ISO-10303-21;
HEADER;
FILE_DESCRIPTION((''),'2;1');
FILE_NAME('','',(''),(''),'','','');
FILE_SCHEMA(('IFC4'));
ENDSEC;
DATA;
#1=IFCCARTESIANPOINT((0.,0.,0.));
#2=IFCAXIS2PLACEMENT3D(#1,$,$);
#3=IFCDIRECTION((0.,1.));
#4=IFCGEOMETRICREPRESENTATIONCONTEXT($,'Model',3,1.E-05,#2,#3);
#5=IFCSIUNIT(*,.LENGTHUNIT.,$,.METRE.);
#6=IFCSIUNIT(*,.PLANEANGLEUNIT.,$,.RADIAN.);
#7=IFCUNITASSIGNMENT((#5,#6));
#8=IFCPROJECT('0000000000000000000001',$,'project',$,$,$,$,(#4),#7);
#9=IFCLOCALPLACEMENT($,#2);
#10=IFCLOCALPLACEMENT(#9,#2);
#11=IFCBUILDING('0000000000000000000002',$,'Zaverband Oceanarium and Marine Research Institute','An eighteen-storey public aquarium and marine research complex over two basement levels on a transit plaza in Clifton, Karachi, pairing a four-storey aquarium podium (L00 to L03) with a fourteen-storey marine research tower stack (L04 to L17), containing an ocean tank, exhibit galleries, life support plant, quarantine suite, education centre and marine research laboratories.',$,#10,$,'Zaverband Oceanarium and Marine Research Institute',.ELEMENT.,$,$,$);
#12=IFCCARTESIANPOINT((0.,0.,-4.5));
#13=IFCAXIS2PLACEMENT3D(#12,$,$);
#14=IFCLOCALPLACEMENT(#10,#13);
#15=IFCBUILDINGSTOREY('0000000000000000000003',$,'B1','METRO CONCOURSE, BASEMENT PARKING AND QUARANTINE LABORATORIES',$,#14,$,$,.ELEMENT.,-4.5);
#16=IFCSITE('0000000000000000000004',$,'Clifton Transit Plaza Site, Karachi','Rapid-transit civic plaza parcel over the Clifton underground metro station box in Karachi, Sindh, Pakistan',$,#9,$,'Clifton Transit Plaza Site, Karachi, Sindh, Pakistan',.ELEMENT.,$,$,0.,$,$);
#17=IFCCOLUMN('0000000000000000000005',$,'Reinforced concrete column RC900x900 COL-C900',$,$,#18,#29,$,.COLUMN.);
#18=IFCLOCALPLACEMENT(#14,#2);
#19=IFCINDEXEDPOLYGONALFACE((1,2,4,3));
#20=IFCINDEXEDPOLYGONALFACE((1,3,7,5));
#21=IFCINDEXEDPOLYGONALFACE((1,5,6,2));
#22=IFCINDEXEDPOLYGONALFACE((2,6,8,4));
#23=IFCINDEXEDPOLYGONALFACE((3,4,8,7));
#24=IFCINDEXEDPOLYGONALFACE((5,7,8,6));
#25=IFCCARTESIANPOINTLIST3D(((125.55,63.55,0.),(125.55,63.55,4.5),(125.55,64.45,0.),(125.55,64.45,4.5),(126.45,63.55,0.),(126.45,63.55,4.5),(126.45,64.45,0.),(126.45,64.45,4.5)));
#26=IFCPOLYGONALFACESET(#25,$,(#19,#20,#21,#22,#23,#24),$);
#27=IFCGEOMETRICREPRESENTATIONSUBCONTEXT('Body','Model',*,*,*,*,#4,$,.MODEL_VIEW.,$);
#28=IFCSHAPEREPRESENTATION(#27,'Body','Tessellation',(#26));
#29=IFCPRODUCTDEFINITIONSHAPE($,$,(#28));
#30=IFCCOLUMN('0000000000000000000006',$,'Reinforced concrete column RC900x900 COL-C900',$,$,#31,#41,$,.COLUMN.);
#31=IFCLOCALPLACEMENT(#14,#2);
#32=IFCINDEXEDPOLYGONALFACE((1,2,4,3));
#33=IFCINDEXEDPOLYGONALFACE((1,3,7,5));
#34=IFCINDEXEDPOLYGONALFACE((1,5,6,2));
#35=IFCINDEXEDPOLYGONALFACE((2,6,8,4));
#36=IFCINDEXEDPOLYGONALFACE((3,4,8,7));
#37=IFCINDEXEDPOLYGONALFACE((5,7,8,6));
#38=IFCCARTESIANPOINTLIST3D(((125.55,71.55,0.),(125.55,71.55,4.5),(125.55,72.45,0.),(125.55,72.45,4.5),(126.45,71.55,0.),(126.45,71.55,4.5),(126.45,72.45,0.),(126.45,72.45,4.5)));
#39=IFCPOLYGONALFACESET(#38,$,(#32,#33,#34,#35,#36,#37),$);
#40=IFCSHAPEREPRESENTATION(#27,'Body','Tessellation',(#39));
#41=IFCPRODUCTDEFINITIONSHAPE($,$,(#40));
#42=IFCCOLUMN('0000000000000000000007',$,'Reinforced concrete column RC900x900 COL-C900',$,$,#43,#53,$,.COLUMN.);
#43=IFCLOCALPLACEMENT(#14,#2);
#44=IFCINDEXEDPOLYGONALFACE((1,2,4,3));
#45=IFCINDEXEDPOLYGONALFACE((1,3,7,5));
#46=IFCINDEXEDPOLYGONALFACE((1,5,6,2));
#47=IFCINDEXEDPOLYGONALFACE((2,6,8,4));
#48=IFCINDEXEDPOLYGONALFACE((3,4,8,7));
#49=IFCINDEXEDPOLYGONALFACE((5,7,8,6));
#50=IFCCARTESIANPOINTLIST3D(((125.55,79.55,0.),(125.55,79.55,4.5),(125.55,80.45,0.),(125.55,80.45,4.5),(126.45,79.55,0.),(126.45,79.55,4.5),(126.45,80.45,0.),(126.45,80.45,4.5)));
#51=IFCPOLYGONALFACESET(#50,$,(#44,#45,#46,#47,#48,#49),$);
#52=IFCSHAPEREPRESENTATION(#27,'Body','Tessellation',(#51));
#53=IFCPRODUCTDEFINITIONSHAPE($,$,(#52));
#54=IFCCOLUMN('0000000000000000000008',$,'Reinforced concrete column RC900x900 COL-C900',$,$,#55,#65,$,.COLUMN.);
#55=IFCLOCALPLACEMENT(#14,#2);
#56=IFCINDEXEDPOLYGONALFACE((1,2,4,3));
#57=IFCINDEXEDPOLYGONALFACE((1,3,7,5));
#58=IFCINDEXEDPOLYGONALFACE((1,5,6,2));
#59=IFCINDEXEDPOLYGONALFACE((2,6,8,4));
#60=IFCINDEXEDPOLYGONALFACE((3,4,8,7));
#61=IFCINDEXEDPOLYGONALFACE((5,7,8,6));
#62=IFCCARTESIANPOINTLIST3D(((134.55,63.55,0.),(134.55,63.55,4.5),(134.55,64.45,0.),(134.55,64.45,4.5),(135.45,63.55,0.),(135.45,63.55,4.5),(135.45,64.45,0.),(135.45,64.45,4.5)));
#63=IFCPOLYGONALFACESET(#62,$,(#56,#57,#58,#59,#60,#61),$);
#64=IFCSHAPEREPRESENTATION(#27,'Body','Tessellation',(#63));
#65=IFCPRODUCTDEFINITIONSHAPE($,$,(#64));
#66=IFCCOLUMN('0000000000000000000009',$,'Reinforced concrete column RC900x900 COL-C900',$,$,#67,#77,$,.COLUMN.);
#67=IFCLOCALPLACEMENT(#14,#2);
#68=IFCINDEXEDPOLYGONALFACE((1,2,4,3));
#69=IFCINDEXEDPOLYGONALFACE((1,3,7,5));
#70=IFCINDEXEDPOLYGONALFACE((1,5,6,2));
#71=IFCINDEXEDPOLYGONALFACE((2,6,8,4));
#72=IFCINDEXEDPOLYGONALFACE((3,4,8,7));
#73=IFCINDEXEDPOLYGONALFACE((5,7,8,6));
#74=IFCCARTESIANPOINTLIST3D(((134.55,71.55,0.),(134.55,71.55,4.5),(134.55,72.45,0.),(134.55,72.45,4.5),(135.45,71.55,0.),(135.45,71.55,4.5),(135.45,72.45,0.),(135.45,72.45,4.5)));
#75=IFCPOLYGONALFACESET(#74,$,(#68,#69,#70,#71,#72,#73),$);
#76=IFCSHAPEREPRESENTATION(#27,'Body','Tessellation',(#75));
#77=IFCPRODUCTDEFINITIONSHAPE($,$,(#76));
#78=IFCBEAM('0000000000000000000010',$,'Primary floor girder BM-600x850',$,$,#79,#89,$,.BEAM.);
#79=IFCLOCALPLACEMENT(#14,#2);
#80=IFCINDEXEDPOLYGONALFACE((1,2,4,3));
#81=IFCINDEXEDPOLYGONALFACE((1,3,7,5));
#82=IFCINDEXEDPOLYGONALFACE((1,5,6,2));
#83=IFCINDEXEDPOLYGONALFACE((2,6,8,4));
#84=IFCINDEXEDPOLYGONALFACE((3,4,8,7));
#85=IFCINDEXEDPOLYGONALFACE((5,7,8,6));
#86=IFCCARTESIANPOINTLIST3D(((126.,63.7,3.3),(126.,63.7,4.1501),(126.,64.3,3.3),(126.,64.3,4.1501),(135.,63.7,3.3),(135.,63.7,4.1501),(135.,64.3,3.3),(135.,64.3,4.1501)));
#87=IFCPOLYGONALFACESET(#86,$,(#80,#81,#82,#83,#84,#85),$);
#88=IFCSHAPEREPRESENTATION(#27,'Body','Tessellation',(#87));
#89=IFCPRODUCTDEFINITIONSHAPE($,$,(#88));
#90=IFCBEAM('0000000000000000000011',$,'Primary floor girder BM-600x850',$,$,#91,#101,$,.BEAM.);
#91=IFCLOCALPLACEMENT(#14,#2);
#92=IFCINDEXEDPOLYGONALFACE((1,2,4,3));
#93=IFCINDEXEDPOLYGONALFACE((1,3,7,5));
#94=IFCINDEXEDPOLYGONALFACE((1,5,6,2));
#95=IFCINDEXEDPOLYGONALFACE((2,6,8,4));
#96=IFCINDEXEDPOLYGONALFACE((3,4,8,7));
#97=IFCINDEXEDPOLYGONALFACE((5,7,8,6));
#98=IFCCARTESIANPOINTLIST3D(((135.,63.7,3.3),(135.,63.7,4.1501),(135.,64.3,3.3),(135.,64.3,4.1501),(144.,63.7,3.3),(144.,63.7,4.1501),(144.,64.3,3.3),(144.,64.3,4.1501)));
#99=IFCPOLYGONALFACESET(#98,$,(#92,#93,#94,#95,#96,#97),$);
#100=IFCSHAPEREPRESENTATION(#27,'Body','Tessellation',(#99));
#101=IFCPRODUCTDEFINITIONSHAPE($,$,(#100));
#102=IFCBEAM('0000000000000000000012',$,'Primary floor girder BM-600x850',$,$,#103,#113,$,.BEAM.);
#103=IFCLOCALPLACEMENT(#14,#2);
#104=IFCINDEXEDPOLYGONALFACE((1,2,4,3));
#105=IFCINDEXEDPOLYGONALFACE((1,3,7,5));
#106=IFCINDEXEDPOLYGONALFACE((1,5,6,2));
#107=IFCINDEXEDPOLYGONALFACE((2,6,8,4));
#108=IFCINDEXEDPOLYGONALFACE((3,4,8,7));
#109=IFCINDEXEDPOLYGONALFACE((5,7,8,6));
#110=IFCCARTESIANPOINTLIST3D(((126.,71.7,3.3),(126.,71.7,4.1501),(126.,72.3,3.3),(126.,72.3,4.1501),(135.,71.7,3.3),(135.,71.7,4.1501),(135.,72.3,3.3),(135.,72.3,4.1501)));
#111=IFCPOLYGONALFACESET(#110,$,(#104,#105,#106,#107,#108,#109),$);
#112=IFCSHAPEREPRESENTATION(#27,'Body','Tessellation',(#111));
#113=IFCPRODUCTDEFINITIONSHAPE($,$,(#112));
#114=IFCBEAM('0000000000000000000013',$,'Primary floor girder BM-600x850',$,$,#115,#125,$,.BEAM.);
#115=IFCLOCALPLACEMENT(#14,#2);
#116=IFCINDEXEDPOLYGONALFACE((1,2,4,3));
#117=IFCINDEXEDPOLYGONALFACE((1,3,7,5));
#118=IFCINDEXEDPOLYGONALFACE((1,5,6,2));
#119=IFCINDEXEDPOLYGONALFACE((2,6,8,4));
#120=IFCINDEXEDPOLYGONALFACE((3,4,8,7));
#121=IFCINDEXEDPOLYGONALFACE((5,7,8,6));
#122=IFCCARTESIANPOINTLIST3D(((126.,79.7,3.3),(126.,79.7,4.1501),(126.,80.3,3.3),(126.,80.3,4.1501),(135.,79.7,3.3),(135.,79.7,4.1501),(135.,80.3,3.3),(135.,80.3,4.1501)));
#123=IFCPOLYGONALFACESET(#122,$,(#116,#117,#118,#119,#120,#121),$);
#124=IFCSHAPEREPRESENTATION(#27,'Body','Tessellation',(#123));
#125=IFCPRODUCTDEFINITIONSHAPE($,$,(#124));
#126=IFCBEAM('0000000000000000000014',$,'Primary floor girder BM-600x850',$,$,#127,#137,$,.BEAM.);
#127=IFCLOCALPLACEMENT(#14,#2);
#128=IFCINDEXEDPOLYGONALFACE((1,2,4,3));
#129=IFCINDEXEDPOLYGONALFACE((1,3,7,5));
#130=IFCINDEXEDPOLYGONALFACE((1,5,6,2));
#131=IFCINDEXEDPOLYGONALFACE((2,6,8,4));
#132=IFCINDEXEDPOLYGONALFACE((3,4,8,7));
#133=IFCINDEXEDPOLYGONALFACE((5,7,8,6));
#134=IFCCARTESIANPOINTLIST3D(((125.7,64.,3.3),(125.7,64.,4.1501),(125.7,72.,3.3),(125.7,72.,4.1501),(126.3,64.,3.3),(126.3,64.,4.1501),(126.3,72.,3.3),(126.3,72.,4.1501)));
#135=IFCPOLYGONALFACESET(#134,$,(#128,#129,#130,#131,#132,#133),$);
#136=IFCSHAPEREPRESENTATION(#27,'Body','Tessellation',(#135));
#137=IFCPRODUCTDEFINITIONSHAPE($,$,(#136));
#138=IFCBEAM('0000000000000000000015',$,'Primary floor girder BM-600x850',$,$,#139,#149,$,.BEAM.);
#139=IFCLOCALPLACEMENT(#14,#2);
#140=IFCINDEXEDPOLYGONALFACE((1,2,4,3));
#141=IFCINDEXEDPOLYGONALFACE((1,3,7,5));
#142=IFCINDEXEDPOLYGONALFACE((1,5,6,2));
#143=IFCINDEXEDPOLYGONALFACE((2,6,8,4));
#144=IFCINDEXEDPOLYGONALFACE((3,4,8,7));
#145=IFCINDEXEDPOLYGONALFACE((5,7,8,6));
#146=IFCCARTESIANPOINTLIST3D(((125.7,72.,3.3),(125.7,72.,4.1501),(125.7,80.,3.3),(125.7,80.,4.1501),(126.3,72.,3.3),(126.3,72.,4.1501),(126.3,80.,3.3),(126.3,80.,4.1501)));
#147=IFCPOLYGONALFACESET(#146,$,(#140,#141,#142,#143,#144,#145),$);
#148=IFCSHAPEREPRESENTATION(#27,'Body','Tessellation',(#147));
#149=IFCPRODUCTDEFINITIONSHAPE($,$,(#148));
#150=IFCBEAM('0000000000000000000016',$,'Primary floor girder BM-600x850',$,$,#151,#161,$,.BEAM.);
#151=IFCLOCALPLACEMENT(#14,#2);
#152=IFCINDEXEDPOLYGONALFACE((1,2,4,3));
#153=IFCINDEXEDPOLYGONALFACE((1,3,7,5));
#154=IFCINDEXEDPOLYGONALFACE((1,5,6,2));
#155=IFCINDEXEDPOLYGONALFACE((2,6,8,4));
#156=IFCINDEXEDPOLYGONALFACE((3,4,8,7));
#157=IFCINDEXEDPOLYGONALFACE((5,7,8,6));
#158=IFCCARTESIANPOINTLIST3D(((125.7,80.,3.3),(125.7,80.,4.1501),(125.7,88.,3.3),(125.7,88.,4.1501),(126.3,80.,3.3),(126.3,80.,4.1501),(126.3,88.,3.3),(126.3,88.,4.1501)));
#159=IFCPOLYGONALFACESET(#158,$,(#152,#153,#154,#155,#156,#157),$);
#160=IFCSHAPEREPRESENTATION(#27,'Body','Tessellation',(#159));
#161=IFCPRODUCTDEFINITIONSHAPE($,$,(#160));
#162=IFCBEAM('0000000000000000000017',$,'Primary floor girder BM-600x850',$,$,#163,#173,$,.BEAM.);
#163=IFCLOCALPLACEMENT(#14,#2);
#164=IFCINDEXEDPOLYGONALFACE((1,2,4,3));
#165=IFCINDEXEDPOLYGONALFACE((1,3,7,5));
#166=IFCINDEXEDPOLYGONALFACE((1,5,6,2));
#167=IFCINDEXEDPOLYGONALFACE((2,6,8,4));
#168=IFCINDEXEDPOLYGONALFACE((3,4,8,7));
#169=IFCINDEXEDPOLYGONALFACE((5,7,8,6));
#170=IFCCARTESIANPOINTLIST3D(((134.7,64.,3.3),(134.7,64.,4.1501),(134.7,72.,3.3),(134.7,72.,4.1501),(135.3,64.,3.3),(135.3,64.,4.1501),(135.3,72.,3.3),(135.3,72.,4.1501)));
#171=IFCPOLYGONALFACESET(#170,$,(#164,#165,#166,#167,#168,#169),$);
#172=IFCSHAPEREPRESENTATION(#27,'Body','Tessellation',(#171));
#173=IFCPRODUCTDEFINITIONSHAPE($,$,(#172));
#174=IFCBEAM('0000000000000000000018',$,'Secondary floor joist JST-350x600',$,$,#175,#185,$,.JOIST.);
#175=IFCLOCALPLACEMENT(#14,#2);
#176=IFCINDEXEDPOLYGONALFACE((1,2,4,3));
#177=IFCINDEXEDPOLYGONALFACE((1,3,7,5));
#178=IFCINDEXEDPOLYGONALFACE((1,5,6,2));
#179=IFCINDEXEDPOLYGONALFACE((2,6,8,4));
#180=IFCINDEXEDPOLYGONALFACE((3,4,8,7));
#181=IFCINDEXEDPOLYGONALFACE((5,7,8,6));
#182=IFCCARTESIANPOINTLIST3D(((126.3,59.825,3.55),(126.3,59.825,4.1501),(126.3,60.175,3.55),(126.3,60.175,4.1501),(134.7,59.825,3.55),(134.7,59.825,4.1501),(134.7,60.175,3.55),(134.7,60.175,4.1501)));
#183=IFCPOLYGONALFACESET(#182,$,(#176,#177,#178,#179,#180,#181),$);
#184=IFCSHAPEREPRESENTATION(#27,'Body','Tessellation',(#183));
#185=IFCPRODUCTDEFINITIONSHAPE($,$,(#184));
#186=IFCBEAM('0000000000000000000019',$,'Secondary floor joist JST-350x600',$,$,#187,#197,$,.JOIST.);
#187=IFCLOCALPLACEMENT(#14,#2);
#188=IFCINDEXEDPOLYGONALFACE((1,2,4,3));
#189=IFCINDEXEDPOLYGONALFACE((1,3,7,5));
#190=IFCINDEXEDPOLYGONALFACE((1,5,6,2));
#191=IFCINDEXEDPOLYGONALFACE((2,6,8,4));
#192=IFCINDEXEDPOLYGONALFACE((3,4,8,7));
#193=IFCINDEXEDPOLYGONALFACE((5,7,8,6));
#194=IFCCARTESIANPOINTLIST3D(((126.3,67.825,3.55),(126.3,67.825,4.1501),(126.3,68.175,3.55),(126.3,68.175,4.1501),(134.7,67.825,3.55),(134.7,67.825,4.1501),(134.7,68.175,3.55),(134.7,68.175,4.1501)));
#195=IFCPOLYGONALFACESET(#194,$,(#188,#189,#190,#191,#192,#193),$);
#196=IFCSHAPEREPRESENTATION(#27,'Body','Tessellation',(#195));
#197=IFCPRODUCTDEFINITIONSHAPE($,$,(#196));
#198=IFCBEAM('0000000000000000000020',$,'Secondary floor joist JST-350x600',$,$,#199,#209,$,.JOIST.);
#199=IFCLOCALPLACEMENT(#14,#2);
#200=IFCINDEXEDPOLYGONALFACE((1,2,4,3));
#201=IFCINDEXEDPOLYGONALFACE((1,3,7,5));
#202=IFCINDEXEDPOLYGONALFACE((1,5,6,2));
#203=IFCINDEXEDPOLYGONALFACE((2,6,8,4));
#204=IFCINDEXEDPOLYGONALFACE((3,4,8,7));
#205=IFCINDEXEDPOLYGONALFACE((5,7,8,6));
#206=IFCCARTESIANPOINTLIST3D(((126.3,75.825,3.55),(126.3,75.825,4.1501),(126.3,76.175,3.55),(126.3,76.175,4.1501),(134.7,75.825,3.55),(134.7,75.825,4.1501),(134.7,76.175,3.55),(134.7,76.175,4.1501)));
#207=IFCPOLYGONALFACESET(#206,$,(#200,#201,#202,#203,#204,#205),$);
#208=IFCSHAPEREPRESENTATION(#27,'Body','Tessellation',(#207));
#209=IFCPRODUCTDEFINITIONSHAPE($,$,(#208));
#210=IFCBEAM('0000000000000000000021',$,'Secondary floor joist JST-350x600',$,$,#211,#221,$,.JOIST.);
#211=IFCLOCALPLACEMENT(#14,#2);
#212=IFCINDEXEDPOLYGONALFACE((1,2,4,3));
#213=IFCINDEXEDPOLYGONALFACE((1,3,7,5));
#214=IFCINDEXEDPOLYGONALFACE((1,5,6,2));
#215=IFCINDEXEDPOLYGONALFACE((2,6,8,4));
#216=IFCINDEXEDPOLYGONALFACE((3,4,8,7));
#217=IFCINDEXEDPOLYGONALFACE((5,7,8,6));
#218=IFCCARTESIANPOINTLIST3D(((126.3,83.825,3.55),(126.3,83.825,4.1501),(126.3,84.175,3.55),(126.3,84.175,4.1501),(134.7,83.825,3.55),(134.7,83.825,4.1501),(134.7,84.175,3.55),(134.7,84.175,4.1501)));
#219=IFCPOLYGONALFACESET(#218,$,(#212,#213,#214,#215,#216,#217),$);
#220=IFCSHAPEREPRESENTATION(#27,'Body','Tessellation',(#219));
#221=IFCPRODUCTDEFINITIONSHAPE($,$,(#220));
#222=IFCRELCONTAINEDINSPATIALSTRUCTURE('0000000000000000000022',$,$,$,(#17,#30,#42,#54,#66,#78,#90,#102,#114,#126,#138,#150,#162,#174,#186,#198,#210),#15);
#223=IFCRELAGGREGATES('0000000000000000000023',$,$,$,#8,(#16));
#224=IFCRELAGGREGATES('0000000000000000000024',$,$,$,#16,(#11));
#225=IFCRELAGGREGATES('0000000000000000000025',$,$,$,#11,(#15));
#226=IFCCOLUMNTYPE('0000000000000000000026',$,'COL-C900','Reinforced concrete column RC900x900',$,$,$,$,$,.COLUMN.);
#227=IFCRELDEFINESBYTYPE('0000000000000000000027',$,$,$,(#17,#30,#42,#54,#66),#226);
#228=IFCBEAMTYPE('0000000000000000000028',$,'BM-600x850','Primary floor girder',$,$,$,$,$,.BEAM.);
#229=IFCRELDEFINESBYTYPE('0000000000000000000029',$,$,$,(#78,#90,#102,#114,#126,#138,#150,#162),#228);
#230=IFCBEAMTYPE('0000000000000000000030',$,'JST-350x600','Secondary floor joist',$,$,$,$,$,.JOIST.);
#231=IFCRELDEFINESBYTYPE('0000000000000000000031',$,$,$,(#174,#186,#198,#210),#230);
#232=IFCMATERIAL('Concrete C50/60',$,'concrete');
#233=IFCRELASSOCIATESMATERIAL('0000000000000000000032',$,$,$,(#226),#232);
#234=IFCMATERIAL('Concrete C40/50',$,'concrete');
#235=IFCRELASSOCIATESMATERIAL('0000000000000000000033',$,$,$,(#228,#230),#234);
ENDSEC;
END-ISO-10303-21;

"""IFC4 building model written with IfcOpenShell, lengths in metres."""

from ifc_helpers import new_model, si_unit, direction, frame, origin, origin_2d, place, context, subcontext, project, spatial, rectangle, extrude, material, material_profile, profile_set, type_object, element, save


model = new_model("IFC4")

# Units and contexts
model_context = context("Model", 3, precision=1e-05, world=origin(), true_north=direction((0.0, 1.0)))
body_context = subcontext(model_context, "Body", "Model", "MODEL_VIEW")
ifc_project = project(units=[si_unit("LENGTHUNIT", "METRE"), si_unit("PLANEANGLEUNIT", "RADIAN")], contexts=[model_context])

# Site, building, storey
site_placement = place(None, origin())
site = spatial("IfcSite", under=ifc_project, at=site_placement, Name="Clifton Transit Plaza Site, Karachi", Description="Rapid-transit civic plaza parcel over the Clifton underground metro station box in Karachi, Sindh, Pakistan", LongName="Clifton Transit Plaza Site, Karachi, Sindh, Pakistan", CompositionType="ELEMENT", RefElevation=0.0)
building_placement = place(site_placement, origin())
building = spatial("IfcBuilding", under=site, at=building_placement, Name="Zaverband Oceanarium and Marine Research Institute", Description="An eighteen-storey public aquarium and marine research complex over two basement levels on a transit plaza in Clifton, Karachi, pairing a four-storey aquarium podium (L00 to L03) with a fourteen-storey marine research tower stack (L04 to L17), containing an ocean tank, exhibit galleries, life support plant, quarantine suite, education centre and marine research laboratories.", LongName="Zaverband Oceanarium and Marine Research Institute", CompositionType="ELEMENT")
storey_placement = place(building_placement, frame((0.0, 0.0, -4.5)))
storey = spatial("IfcBuildingStorey", under=building, at=storey_placement, Name="B1", Description="METRO CONCOURSE, BASEMENT PARKING AND QUARANTINE LABORATORIES", CompositionType="ELEMENT", Elevation=-4.5)

# Columns
ifc_material_1 = material(Name="Concrete C50/60", Category="concrete")
ifc_material_profile_1 = material_profile(ifc_material_1, rectangle(XDim=0.8999, YDim=0.8999, at=origin_2d()), Name="RC900x900")
ifc_profile_set_1 = profile_set([ifc_material_profile_1], Name="Concrete C50/60")
column_type = type_object("IfcColumnType", Name="COL-C900", Description="Reinforced concrete column RC900x900", PredefinedType="COLUMN", material=ifc_profile_set_1)
for number, where, z_axis, x_axis, name in (
    (1, (126.0, 64.0, 0.0), (0.0, 0.0, 1.0), (1.0, 0.0, 0.0), "Reinforced concrete column RC900x900 COL-C900"),
    (2, (126.0, 72.0, 0.0), (0.0, 0.0, 1.0), (1.0, 0.0, 0.0), "Reinforced concrete column RC900x900 COL-C900"),
    (3, (126.0, 80.0, 0.0), (0.0, 0.0, 1.0), (1.0, 0.0, 0.0), "Reinforced concrete column RC900x900 COL-C900"),
    (4, (135.0, 64.0, 0.0), (0.0, 0.0, 1.0), (1.0, 0.0, 0.0), "Reinforced concrete column RC900x900 COL-C900"),
    (5, (135.0, 72.0, 0.0), (0.0, 0.0, 1.0), (1.0, 0.0, 0.0), "Reinforced concrete column RC900x900 COL-C900"),
):
    element("IfcColumn", number, at=place(storey_placement, frame(where, z_axis=z_axis, x_axis=x_axis)), inside=storey, type_object=column_type, Name=name, PredefinedType="COLUMN", context=body_context, shape_type="SweptSolid", body=[
        extrude(rectangle(XDim=0.8999, YDim=0.8999, at=origin_2d()), origin(), (0.0, 0.0, 1.0), 4.5),
    ])

# Beams
ifc_material_2 = material(Name="Concrete C40/50", Category="concrete")
ifc_material_profile_2 = material_profile(ifc_material_2, rectangle(XDim=0.6001, YDim=0.8501, at=origin_2d()), Name="RC600x850")
ifc_profile_set_2 = profile_set([ifc_material_profile_2], Name="Concrete C40/50")
beam_type_1 = type_object("IfcBeamType", Name="BM-600x850", Description="Primary floor girder", PredefinedType="BEAM", material=ifc_profile_set_2)
for number, where, z_axis, x_axis, name in (
    (6, (126.0, 64.0, 3.7251), (1.0, 0.0, 0.0), (0.0, 1.0, 0.0), "Primary floor girder BM-600x850"),
    (7, (135.0, 64.0, 3.7251), (1.0, 0.0, 0.0), (0.0, 1.0, 0.0), "Primary floor girder BM-600x850"),
    (8, (126.0, 72.0, 3.7251), (1.0, 0.0, 0.0), (0.0, 1.0, 0.0), "Primary floor girder BM-600x850"),
    (9, (126.0, 80.0, 3.7251), (1.0, 0.0, 0.0), (0.0, 1.0, 0.0), "Primary floor girder BM-600x850"),
):
    element("IfcBeam", number, at=place(storey_placement, frame(where, z_axis=z_axis, x_axis=x_axis)), inside=storey, type_object=beam_type_1, Name=name, PredefinedType="BEAM", context=body_context, shape_type="SweptSolid", body=[
        extrude(rectangle(XDim=0.6001, YDim=0.8501, at=origin_2d()), origin(), (0.0, 0.0, 1.0), 9.0),
    ])
for number, where, z_axis, x_axis, name in (
    (10, (126.0, 64.0, 3.7251), (0.0, 1.0, 0.0), (-1.0, 0.0, 0.0), "Primary floor girder BM-600x850"),
    (11, (126.0, 72.0, 3.7251), (0.0, 1.0, 0.0), (-1.0, 0.0, 0.0), "Primary floor girder BM-600x850"),
    (12, (126.0, 80.0, 3.7251), (0.0, 1.0, 0.0), (-1.0, 0.0, 0.0), "Primary floor girder BM-600x850"),
    (13, (135.0, 64.0, 3.7251), (0.0, 1.0, 0.0), (-1.0, 0.0, 0.0), "Primary floor girder BM-600x850"),
):
    element("IfcBeam", number, at=place(storey_placement, frame(where, z_axis=z_axis, x_axis=x_axis)), inside=storey, type_object=beam_type_1, Name=name, PredefinedType="BEAM", context=body_context, shape_type="SweptSolid", body=[
        extrude(rectangle(XDim=0.6001, YDim=0.8501, at=origin_2d()), origin(), (0.0, 0.0, 1.0), 8.0),
    ])
ifc_material_profile_3 = material_profile(ifc_material_2, rectangle(XDim=0.3501, YDim=0.6001, at=origin_2d()), Name="RC350x600")
ifc_profile_set_3 = profile_set([ifc_material_profile_3], Name="Concrete C40/50")
beam_type_2 = type_object("IfcBeamType", Name="JST-350x600", Description="Secondary floor joist", PredefinedType="JOIST", material=ifc_profile_set_3)
for number, where, z_axis, x_axis, name in (
    (14, (126.3, 60.0, 3.8501), (1.0, 0.0, 0.0), (0.0, 1.0, 0.0), "Secondary floor joist JST-350x600"),
    (15, (126.3, 68.0, 3.8501), (1.0, 0.0, 0.0), (0.0, 1.0, 0.0), "Secondary floor joist JST-350x600"),
    (16, (126.3, 76.0, 3.8501), (1.0, 0.0, 0.0), (0.0, 1.0, 0.0), "Secondary floor joist JST-350x600"),
    (17, (126.3, 84.0, 3.8501), (1.0, 0.0, 0.0), (0.0, 1.0, 0.0), "Secondary floor joist JST-350x600"),
):
    element("IfcBeam", number, at=place(storey_placement, frame(where, z_axis=z_axis, x_axis=x_axis)), inside=storey, type_object=beam_type_2, Name=name, PredefinedType="JOIST", context=body_context, shape_type="SweptSolid", body=[
        extrude(rectangle(XDim=0.3501, YDim=0.6001, at=origin_2d()), origin(), (0.0, 0.0, 1.0), 8.3999),
    ])

save(model, "model.ifc")
